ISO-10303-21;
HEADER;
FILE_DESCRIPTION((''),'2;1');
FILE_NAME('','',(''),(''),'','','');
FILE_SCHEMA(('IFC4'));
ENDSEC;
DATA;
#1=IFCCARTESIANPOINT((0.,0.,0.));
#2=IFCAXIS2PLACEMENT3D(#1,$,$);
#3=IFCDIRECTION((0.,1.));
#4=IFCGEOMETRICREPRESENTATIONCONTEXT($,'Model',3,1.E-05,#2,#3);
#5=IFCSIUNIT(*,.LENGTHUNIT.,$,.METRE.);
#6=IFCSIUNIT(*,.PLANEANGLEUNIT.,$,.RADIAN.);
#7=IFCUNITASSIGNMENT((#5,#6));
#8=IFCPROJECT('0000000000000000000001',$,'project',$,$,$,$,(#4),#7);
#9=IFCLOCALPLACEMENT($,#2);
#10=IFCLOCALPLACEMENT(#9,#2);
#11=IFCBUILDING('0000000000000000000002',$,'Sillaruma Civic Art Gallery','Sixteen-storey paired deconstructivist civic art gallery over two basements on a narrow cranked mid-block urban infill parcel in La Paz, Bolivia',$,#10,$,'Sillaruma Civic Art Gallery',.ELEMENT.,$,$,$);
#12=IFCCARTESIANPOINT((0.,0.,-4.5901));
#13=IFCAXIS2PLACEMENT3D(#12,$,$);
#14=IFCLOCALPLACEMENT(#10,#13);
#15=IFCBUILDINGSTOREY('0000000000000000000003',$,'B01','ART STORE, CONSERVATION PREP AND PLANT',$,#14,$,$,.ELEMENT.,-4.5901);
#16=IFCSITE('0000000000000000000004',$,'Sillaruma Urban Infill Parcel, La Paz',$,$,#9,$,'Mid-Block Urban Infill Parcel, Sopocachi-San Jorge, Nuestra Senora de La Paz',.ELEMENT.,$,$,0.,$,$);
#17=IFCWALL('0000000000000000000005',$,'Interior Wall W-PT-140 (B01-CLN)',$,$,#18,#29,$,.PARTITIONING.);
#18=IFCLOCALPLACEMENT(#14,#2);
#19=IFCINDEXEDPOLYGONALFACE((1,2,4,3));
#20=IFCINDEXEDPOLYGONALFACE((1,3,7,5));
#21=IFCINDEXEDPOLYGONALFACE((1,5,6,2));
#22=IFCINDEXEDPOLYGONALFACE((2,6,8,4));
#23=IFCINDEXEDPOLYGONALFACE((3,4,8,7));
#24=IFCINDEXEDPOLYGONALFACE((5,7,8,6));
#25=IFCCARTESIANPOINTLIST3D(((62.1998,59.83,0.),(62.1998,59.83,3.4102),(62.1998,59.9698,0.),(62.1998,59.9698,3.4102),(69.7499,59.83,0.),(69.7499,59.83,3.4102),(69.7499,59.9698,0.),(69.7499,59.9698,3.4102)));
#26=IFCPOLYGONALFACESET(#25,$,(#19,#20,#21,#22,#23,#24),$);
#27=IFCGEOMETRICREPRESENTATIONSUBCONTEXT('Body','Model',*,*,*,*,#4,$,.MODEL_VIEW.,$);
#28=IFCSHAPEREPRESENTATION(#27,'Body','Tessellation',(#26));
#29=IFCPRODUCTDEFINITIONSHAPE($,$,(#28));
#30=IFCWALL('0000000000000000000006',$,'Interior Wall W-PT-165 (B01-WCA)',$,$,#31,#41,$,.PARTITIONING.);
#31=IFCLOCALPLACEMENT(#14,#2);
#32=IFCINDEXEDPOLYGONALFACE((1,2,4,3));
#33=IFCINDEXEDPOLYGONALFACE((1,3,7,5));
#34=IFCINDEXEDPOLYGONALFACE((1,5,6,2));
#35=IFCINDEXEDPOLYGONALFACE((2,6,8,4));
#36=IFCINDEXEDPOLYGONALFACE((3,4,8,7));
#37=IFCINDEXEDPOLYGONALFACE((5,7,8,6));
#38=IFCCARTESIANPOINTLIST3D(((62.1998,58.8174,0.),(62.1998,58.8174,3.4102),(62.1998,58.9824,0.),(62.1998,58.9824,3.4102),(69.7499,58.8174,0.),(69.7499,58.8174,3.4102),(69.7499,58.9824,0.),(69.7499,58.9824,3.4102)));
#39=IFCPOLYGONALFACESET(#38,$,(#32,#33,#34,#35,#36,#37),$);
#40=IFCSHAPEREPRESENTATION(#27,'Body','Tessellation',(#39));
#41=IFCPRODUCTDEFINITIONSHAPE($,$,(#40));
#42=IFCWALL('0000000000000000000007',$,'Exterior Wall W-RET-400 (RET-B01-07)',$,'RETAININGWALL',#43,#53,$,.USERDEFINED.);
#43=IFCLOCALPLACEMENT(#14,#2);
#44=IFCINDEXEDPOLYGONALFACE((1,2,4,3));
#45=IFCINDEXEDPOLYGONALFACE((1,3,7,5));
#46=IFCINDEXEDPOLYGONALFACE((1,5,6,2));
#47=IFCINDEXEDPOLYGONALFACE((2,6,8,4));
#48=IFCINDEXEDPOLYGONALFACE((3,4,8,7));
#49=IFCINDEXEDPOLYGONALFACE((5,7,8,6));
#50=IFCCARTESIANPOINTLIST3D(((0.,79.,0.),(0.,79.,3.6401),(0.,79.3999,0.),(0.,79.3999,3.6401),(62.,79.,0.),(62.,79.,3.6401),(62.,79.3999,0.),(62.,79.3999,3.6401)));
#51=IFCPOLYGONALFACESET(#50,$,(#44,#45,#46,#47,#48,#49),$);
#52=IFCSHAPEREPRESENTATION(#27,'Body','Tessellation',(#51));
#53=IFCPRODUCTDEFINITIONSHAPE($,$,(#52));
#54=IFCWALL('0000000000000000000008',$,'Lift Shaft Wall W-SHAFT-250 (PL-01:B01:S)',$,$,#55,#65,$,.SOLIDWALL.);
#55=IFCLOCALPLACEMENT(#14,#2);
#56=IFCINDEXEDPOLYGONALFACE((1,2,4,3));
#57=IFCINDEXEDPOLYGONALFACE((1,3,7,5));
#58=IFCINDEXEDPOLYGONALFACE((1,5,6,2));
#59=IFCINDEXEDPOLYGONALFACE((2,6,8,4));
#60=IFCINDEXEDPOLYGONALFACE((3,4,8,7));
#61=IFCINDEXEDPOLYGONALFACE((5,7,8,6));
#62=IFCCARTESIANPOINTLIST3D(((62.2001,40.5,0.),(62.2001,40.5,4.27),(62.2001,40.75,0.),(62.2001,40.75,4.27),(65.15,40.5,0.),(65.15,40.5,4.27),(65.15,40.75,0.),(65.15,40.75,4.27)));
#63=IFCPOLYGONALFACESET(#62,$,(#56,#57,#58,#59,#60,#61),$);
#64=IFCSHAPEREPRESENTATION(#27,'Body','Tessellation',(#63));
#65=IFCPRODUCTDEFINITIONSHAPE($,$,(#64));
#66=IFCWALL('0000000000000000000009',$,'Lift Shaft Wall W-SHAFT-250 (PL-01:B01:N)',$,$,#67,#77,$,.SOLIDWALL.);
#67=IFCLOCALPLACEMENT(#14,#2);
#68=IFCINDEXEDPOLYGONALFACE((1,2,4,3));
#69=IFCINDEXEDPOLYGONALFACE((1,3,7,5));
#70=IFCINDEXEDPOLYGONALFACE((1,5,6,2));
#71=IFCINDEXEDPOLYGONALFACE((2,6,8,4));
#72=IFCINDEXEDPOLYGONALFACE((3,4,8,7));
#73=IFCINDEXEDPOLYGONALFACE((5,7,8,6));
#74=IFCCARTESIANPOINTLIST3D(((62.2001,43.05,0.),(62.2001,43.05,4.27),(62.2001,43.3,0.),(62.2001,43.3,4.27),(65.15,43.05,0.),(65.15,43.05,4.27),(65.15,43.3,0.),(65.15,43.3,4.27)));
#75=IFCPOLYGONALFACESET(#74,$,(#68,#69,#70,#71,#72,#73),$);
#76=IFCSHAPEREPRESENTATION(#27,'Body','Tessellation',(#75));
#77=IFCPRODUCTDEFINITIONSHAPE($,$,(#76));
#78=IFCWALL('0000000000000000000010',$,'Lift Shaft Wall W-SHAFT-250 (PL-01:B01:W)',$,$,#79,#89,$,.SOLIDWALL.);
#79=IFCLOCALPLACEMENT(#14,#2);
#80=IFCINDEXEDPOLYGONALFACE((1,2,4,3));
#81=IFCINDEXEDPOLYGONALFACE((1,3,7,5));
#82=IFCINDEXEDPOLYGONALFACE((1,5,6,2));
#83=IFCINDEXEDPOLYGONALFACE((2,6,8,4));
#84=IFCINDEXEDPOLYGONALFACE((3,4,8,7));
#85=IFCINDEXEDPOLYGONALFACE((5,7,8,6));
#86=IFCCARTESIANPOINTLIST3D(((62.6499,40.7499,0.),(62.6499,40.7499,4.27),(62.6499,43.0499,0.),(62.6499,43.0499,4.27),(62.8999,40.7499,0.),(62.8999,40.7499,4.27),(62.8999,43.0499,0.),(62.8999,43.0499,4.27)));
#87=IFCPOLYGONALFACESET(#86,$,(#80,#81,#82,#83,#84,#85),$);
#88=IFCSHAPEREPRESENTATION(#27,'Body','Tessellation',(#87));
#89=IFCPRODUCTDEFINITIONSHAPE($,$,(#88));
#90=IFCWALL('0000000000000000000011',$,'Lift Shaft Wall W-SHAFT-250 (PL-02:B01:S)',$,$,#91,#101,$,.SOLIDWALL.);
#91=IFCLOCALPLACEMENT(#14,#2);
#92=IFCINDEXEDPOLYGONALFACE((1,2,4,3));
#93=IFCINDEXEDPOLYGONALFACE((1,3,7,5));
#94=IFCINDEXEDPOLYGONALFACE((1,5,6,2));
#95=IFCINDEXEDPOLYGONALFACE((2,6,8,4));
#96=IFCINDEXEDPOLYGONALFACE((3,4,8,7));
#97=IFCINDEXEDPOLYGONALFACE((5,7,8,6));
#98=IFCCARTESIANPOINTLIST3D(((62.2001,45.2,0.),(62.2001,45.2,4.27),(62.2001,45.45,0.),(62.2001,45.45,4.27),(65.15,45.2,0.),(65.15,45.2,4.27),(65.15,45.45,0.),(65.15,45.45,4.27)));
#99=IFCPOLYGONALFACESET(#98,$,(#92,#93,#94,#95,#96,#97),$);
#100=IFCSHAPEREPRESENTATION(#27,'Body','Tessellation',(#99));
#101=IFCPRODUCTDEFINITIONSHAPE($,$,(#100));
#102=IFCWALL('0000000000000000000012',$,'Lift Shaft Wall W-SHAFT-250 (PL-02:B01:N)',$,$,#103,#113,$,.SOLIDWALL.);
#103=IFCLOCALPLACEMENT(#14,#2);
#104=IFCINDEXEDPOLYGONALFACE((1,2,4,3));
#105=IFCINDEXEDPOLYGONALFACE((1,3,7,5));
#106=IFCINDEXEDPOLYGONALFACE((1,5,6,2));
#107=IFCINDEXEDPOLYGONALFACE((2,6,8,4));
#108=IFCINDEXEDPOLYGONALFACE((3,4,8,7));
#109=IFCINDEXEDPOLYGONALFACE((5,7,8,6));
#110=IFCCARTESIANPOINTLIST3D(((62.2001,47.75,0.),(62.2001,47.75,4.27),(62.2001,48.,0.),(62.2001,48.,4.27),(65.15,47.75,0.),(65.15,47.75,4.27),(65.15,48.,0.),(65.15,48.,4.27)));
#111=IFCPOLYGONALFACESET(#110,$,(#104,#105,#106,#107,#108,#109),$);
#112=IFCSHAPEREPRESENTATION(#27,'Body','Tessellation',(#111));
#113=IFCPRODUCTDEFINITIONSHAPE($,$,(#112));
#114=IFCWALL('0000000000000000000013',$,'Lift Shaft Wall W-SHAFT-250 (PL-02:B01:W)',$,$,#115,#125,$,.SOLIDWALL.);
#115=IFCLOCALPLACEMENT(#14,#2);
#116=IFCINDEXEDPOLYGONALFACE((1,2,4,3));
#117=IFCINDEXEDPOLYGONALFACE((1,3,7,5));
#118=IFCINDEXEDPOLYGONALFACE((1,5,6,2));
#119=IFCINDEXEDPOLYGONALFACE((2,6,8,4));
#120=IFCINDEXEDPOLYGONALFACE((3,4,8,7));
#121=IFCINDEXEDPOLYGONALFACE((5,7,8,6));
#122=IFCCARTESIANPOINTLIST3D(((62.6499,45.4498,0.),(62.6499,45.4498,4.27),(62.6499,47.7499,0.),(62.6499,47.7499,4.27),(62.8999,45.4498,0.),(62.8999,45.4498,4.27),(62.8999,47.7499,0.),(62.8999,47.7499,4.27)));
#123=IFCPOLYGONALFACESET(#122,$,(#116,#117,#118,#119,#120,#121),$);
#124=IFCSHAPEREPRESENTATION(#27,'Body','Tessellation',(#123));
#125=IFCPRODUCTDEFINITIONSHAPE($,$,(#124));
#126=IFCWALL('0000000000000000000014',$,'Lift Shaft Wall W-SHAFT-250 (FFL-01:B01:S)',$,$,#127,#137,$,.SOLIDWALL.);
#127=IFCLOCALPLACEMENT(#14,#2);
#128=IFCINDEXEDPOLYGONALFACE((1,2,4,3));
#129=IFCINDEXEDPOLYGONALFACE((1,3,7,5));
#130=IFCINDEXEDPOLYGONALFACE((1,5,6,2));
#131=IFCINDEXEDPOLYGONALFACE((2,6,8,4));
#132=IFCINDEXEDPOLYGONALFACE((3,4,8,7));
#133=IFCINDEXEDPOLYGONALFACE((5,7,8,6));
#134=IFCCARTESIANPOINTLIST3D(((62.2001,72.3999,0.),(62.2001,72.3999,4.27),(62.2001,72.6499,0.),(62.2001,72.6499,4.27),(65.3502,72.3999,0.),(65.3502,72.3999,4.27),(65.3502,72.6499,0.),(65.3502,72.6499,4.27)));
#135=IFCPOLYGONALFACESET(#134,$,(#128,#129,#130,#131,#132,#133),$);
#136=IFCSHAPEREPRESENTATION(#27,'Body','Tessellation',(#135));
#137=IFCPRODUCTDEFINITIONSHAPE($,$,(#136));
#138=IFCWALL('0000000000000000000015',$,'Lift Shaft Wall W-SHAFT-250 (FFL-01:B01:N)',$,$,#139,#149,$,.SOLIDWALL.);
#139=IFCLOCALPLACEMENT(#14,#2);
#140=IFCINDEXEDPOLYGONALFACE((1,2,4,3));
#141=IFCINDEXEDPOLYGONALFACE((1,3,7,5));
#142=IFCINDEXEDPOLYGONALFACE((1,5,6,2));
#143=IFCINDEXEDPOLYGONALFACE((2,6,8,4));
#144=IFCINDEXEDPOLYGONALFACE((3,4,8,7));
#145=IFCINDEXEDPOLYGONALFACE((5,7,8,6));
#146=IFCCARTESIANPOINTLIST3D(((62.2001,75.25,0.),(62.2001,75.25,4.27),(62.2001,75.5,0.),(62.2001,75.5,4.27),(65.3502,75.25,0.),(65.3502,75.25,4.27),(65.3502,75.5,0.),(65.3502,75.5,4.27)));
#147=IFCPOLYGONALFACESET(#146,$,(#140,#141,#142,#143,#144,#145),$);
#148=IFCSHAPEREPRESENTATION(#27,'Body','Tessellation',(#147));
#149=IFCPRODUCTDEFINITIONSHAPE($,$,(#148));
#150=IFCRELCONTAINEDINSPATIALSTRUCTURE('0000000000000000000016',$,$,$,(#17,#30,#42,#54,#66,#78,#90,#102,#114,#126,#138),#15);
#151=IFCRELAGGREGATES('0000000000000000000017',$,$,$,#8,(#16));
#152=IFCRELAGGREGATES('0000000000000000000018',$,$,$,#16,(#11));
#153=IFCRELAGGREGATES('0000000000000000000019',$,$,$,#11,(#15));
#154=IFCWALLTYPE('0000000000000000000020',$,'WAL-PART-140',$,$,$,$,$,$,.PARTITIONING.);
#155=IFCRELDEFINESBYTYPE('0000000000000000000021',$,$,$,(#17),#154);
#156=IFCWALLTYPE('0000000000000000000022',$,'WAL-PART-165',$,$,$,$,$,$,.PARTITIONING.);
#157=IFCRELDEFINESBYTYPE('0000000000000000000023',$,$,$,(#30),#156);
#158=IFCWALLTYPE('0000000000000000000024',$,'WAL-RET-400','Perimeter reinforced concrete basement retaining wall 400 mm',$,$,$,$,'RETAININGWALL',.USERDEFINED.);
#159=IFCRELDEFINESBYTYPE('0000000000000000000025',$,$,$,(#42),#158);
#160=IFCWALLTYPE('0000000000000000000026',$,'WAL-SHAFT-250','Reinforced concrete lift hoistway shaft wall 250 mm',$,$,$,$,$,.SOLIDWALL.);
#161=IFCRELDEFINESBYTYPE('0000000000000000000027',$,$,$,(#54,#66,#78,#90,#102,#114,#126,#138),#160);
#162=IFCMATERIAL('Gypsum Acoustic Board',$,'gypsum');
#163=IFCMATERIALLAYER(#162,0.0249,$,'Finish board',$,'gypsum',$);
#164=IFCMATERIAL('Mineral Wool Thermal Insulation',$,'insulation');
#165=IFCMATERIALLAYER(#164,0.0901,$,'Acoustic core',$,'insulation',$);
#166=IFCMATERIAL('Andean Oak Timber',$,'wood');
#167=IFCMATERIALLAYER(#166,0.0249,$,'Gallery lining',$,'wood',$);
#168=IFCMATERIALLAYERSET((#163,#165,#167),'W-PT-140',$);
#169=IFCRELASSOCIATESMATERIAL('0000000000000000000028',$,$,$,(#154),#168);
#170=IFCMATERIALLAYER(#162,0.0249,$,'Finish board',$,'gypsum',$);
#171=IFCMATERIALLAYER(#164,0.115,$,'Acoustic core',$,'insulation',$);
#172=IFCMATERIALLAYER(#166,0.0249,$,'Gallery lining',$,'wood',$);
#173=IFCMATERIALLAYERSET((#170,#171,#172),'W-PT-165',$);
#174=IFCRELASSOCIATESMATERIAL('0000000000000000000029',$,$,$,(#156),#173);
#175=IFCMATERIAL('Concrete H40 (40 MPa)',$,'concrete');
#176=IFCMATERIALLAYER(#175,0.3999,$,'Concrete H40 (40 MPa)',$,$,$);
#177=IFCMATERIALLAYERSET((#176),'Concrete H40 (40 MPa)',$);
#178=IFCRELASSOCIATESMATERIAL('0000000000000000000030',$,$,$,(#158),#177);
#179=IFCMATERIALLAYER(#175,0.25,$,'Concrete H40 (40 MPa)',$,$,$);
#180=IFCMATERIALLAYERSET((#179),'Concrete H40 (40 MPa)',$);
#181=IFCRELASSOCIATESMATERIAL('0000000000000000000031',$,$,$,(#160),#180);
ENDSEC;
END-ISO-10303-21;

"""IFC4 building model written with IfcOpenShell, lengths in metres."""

from ifc_helpers import new_model, si_unit, direction, frame, frame_2d, origin, place, context, subcontext, project, spatial, rectangle, extrude, material, layer, layer_set, type_object, element, save


model = new_model("IFC4")

# Units and contexts
model_context = context("Model", 3, precision=1e-05, world=origin(), true_north=direction((0.0, 1.0)))
body_context = subcontext(model_context, "Body", "Model", "MODEL_VIEW")
ifc_project = project(units=[si_unit("LENGTHUNIT", "METRE"), si_unit("PLANEANGLEUNIT", "RADIAN")], contexts=[model_context])

# Site, building, storey
site_placement = place(None, origin())
site = spatial("IfcSite", under=ifc_project, at=site_placement, Name="Sillaruma Urban Infill Parcel, La Paz", LongName="Mid-Block Urban Infill Parcel, Sopocachi-San Jorge, Nuestra Senora de La Paz", CompositionType="ELEMENT", RefElevation=0.0)
building_placement = place(site_placement, origin())
building = spatial("IfcBuilding", under=site, at=building_placement, Name="Sillaruma Civic Art Gallery", Description="Sixteen-storey paired deconstructivist civic art gallery over two basements on a narrow cranked mid-block urban infill parcel in La Paz, Bolivia", LongName="Sillaruma Civic Art Gallery", CompositionType="ELEMENT")
storey_placement = place(building_placement, frame((0.0, 0.0, -4.5901)))
storey = spatial("IfcBuildingStorey", under=building, at=storey_placement, Name="B01", Description="ART STORE, CONSERVATION PREP AND PLANT", CompositionType="ELEMENT", Elevation=-4.5901)

# Shared definitions
ifc_material_1 = material(Name="Concrete H40 (40 MPa)", Category="concrete")

# Walls
ifc_material_2 = material(Name="Gypsum Acoustic Board", Category="gypsum")
ifc_material_3 = material(Name="Mineral Wool Thermal Insulation", Category="insulation")
ifc_material_4 = material(Name="Andean Oak Timber", Category="wood")
ifc_layer_1 = layer(ifc_material_2, 0.0249, Name="Finish board", Category="gypsum")
ifc_layer_2 = layer(ifc_material_3, 0.0901, Name="Acoustic core", Category="insulation")
ifc_layer_3 = layer(ifc_material_4, 0.0249, Name="Gallery lining", Category="wood")
ifc_layer_set_1 = layer_set([ifc_layer_1, ifc_layer_2, ifc_layer_3], Name="W-PT-140")
wall_type_1 = type_object("IfcWallType", Name="WAL-PART-140", PredefinedType="PARTITIONING", material=ifc_layer_set_1)
wall_1_placement = place(storey_placement, frame((62.2, 59.8999, 0.0), z_axis=(0.0, 0.0, 1.0), x_axis=(1.0, 0.0, 0.0)))
element("IfcWall", 1, at=wall_1_placement, inside=storey, type_object=wall_type_1, Name="Interior Wall W-PT-140 (B01-CLN)", PredefinedType="PARTITIONING", context=body_context, shape_type="SweptSolid", body=[
    extrude(rectangle(XDim=7.55, YDim=0.1399, at=frame_2d((3.7749, 0.0))), origin(), (0.0, 0.0, 1.0), 3.4102),
])
ifc_layer_4 = layer(ifc_material_2, 0.0249, Name="Finish board", Category="gypsum")
ifc_layer_5 = layer(ifc_material_3, 0.115, Name="Acoustic core", Category="insulation")
ifc_layer_6 = layer(ifc_material_4, 0.0249, Name="Gallery lining", Category="wood")
ifc_layer_set_2 = layer_set([ifc_layer_4, ifc_layer_5, ifc_layer_6], Name="W-PT-165")
wall_type_2 = type_object("IfcWallType", Name="WAL-PART-165", PredefinedType="PARTITIONING", material=ifc_layer_set_2)
wall_2_placement = place(storey_placement, frame((62.2, 58.8999, 0.0), z_axis=(0.0, 0.0, 1.0), x_axis=(1.0, 0.0, 0.0)))
element("IfcWall", 2, at=wall_2_placement, inside=storey, type_object=wall_type_2, Name="Interior Wall W-PT-165 (B01-WCA)", PredefinedType="PARTITIONING", context=body_context, shape_type="SweptSolid", body=[
    extrude(rectangle(XDim=7.55, YDim=0.165, at=frame_2d((3.7749, 0.0))), origin(), (0.0, 0.0, 1.0), 3.4102),
])
ifc_layer_7 = layer(ifc_material_1, 0.3999, Name="Concrete H40 (40 MPa)")
ifc_layer_set_3 = layer_set([ifc_layer_7], Name="Concrete H40 (40 MPa)")
wall_type_3 = type_object("IfcWallType", Name="WAL-RET-400", Description="Perimeter reinforced concrete basement retaining wall 400 mm", ElementType="RETAININGWALL", PredefinedType="USERDEFINED", material=ifc_layer_set_3)
wall_3_placement = place(storey_placement, frame((0.0, 79.2, 0.0), z_axis=(0.0, 0.0, 1.0), x_axis=(1.0, 0.0, 0.0)))
element("IfcWall", 3, at=wall_3_placement, inside=storey, type_object=wall_type_3, Name="Exterior Wall W-RET-400 (RET-B01-07)", ObjectType="RETAININGWALL", PredefinedType="USERDEFINED", context=body_context, shape_type="SweptSolid", body=[
    extrude(rectangle(XDim=62.0, YDim=0.3999, at=frame_2d((31.0, 0.0))), origin(), (0.0, 0.0, 1.0), 3.6401),
])
ifc_layer_8 = layer(ifc_material_1, 0.25, Name="Concrete H40 (40 MPa)")
ifc_layer_set_4 = layer_set([ifc_layer_8], Name="Concrete H40 (40 MPa)")
wall_type_4 = type_object("IfcWallType", Name="WAL-SHAFT-250", Description="Reinforced concrete lift hoistway shaft wall 250 mm", PredefinedType="SOLIDWALL", material=ifc_layer_set_4)
for number, where, z_axis, x_axis, name in (
    (4, (62.2, 40.625, 0.0), (0.0, 0.0, 1.0), (1.0, 0.0, 0.0), "Lift Shaft Wall W-SHAFT-250 (PL-01:B01:S)"),
    (5, (62.2, 43.175, 0.0), (0.0, 0.0, 1.0), (1.0, 0.0, 0.0), "Lift Shaft Wall W-SHAFT-250 (PL-01:B01:N)"),
):
    element("IfcWall", number, at=place(storey_placement, frame(where, z_axis=z_axis, x_axis=x_axis)), inside=storey, type_object=wall_type_4, Name=name, PredefinedType="SOLIDWALL", context=body_context, shape_type="SweptSolid", body=[
        extrude(rectangle(XDim=2.95, YDim=0.25, at=frame_2d((1.4751, 0.0))), origin(), (0.0, 0.0, 1.0), 4.27),
    ])
wall_4_placement = place(storey_placement, frame((62.7749, 40.75, 0.0), z_axis=(0.0, 0.0, 1.0), x_axis=(0.0, 1.0, 0.0)))
element("IfcWall", 6, at=wall_4_placement, inside=storey, type_object=wall_type_4, Name="Lift Shaft Wall W-SHAFT-250 (PL-01:B01:W)", PredefinedType="SOLIDWALL", context=body_context, shape_type="SweptSolid", body=[
    extrude(rectangle(XDim=2.3, YDim=0.25, at=frame_2d((1.1499, 0.0))), origin(), (0.0, 0.0, 1.0), 4.27),
])
for number, where, z_axis, x_axis, name in (
    (7, (62.2, 45.325, 0.0), (0.0, 0.0, 1.0), (1.0, 0.0, 0.0), "Lift Shaft Wall W-SHAFT-250 (PL-02:B01:S)"),
    (8, (62.2, 47.875, 0.0), (0.0, 0.0, 1.0), (1.0, 0.0, 0.0), "Lift Shaft Wall W-SHAFT-250 (PL-02:B01:N)"),
):
    element("IfcWall", number, at=place(storey_placement, frame(where, z_axis=z_axis, x_axis=x_axis)), inside=storey, type_object=wall_type_4, Name=name, PredefinedType="SOLIDWALL", context=body_context, shape_type="SweptSolid", body=[
        extrude(rectangle(XDim=2.95, YDim=0.25, at=frame_2d((1.4751, 0.0))), origin(), (0.0, 0.0, 1.0), 4.27),
    ])
wall_5_placement = place(storey_placement, frame((62.7749, 45.45, 0.0), z_axis=(0.0, 0.0, 1.0), x_axis=(0.0, 1.0, 0.0)))
element("IfcWall", 9, at=wall_5_placement, inside=storey, type_object=wall_type_4, Name="Lift Shaft Wall W-SHAFT-250 (PL-02:B01:W)", PredefinedType="SOLIDWALL", context=body_context, shape_type="SweptSolid", body=[
    extrude(rectangle(XDim=2.3, YDim=0.25, at=frame_2d((1.1499, 0.0))), origin(), (0.0, 0.0, 1.0), 4.27),
])
for number, where, z_axis, x_axis, name in (
    (10, (62.2, 72.5249, 0.0), (0.0, 0.0, 1.0), (1.0, 0.0, 0.0), "Lift Shaft Wall W-SHAFT-250 (FFL-01:B01:S)"),
    (11, (62.2, 75.375, 0.0), (0.0, 0.0, 1.0), (1.0, 0.0, 0.0), "Lift Shaft Wall W-SHAFT-250 (FFL-01:B01:N)"),
):
    element("IfcWall", number, at=place(storey_placement, frame(where, z_axis=z_axis, x_axis=x_axis)), inside=storey, type_object=wall_type_4, Name=name, PredefinedType="SOLIDWALL", context=body_context, shape_type="SweptSolid", body=[
        extrude(rectangle(XDim=3.1501, YDim=0.25, at=frame_2d((1.5752, 0.0))), origin(), (0.0, 0.0, 1.0), 4.27),
    ])

save(model, "model.ifc")
